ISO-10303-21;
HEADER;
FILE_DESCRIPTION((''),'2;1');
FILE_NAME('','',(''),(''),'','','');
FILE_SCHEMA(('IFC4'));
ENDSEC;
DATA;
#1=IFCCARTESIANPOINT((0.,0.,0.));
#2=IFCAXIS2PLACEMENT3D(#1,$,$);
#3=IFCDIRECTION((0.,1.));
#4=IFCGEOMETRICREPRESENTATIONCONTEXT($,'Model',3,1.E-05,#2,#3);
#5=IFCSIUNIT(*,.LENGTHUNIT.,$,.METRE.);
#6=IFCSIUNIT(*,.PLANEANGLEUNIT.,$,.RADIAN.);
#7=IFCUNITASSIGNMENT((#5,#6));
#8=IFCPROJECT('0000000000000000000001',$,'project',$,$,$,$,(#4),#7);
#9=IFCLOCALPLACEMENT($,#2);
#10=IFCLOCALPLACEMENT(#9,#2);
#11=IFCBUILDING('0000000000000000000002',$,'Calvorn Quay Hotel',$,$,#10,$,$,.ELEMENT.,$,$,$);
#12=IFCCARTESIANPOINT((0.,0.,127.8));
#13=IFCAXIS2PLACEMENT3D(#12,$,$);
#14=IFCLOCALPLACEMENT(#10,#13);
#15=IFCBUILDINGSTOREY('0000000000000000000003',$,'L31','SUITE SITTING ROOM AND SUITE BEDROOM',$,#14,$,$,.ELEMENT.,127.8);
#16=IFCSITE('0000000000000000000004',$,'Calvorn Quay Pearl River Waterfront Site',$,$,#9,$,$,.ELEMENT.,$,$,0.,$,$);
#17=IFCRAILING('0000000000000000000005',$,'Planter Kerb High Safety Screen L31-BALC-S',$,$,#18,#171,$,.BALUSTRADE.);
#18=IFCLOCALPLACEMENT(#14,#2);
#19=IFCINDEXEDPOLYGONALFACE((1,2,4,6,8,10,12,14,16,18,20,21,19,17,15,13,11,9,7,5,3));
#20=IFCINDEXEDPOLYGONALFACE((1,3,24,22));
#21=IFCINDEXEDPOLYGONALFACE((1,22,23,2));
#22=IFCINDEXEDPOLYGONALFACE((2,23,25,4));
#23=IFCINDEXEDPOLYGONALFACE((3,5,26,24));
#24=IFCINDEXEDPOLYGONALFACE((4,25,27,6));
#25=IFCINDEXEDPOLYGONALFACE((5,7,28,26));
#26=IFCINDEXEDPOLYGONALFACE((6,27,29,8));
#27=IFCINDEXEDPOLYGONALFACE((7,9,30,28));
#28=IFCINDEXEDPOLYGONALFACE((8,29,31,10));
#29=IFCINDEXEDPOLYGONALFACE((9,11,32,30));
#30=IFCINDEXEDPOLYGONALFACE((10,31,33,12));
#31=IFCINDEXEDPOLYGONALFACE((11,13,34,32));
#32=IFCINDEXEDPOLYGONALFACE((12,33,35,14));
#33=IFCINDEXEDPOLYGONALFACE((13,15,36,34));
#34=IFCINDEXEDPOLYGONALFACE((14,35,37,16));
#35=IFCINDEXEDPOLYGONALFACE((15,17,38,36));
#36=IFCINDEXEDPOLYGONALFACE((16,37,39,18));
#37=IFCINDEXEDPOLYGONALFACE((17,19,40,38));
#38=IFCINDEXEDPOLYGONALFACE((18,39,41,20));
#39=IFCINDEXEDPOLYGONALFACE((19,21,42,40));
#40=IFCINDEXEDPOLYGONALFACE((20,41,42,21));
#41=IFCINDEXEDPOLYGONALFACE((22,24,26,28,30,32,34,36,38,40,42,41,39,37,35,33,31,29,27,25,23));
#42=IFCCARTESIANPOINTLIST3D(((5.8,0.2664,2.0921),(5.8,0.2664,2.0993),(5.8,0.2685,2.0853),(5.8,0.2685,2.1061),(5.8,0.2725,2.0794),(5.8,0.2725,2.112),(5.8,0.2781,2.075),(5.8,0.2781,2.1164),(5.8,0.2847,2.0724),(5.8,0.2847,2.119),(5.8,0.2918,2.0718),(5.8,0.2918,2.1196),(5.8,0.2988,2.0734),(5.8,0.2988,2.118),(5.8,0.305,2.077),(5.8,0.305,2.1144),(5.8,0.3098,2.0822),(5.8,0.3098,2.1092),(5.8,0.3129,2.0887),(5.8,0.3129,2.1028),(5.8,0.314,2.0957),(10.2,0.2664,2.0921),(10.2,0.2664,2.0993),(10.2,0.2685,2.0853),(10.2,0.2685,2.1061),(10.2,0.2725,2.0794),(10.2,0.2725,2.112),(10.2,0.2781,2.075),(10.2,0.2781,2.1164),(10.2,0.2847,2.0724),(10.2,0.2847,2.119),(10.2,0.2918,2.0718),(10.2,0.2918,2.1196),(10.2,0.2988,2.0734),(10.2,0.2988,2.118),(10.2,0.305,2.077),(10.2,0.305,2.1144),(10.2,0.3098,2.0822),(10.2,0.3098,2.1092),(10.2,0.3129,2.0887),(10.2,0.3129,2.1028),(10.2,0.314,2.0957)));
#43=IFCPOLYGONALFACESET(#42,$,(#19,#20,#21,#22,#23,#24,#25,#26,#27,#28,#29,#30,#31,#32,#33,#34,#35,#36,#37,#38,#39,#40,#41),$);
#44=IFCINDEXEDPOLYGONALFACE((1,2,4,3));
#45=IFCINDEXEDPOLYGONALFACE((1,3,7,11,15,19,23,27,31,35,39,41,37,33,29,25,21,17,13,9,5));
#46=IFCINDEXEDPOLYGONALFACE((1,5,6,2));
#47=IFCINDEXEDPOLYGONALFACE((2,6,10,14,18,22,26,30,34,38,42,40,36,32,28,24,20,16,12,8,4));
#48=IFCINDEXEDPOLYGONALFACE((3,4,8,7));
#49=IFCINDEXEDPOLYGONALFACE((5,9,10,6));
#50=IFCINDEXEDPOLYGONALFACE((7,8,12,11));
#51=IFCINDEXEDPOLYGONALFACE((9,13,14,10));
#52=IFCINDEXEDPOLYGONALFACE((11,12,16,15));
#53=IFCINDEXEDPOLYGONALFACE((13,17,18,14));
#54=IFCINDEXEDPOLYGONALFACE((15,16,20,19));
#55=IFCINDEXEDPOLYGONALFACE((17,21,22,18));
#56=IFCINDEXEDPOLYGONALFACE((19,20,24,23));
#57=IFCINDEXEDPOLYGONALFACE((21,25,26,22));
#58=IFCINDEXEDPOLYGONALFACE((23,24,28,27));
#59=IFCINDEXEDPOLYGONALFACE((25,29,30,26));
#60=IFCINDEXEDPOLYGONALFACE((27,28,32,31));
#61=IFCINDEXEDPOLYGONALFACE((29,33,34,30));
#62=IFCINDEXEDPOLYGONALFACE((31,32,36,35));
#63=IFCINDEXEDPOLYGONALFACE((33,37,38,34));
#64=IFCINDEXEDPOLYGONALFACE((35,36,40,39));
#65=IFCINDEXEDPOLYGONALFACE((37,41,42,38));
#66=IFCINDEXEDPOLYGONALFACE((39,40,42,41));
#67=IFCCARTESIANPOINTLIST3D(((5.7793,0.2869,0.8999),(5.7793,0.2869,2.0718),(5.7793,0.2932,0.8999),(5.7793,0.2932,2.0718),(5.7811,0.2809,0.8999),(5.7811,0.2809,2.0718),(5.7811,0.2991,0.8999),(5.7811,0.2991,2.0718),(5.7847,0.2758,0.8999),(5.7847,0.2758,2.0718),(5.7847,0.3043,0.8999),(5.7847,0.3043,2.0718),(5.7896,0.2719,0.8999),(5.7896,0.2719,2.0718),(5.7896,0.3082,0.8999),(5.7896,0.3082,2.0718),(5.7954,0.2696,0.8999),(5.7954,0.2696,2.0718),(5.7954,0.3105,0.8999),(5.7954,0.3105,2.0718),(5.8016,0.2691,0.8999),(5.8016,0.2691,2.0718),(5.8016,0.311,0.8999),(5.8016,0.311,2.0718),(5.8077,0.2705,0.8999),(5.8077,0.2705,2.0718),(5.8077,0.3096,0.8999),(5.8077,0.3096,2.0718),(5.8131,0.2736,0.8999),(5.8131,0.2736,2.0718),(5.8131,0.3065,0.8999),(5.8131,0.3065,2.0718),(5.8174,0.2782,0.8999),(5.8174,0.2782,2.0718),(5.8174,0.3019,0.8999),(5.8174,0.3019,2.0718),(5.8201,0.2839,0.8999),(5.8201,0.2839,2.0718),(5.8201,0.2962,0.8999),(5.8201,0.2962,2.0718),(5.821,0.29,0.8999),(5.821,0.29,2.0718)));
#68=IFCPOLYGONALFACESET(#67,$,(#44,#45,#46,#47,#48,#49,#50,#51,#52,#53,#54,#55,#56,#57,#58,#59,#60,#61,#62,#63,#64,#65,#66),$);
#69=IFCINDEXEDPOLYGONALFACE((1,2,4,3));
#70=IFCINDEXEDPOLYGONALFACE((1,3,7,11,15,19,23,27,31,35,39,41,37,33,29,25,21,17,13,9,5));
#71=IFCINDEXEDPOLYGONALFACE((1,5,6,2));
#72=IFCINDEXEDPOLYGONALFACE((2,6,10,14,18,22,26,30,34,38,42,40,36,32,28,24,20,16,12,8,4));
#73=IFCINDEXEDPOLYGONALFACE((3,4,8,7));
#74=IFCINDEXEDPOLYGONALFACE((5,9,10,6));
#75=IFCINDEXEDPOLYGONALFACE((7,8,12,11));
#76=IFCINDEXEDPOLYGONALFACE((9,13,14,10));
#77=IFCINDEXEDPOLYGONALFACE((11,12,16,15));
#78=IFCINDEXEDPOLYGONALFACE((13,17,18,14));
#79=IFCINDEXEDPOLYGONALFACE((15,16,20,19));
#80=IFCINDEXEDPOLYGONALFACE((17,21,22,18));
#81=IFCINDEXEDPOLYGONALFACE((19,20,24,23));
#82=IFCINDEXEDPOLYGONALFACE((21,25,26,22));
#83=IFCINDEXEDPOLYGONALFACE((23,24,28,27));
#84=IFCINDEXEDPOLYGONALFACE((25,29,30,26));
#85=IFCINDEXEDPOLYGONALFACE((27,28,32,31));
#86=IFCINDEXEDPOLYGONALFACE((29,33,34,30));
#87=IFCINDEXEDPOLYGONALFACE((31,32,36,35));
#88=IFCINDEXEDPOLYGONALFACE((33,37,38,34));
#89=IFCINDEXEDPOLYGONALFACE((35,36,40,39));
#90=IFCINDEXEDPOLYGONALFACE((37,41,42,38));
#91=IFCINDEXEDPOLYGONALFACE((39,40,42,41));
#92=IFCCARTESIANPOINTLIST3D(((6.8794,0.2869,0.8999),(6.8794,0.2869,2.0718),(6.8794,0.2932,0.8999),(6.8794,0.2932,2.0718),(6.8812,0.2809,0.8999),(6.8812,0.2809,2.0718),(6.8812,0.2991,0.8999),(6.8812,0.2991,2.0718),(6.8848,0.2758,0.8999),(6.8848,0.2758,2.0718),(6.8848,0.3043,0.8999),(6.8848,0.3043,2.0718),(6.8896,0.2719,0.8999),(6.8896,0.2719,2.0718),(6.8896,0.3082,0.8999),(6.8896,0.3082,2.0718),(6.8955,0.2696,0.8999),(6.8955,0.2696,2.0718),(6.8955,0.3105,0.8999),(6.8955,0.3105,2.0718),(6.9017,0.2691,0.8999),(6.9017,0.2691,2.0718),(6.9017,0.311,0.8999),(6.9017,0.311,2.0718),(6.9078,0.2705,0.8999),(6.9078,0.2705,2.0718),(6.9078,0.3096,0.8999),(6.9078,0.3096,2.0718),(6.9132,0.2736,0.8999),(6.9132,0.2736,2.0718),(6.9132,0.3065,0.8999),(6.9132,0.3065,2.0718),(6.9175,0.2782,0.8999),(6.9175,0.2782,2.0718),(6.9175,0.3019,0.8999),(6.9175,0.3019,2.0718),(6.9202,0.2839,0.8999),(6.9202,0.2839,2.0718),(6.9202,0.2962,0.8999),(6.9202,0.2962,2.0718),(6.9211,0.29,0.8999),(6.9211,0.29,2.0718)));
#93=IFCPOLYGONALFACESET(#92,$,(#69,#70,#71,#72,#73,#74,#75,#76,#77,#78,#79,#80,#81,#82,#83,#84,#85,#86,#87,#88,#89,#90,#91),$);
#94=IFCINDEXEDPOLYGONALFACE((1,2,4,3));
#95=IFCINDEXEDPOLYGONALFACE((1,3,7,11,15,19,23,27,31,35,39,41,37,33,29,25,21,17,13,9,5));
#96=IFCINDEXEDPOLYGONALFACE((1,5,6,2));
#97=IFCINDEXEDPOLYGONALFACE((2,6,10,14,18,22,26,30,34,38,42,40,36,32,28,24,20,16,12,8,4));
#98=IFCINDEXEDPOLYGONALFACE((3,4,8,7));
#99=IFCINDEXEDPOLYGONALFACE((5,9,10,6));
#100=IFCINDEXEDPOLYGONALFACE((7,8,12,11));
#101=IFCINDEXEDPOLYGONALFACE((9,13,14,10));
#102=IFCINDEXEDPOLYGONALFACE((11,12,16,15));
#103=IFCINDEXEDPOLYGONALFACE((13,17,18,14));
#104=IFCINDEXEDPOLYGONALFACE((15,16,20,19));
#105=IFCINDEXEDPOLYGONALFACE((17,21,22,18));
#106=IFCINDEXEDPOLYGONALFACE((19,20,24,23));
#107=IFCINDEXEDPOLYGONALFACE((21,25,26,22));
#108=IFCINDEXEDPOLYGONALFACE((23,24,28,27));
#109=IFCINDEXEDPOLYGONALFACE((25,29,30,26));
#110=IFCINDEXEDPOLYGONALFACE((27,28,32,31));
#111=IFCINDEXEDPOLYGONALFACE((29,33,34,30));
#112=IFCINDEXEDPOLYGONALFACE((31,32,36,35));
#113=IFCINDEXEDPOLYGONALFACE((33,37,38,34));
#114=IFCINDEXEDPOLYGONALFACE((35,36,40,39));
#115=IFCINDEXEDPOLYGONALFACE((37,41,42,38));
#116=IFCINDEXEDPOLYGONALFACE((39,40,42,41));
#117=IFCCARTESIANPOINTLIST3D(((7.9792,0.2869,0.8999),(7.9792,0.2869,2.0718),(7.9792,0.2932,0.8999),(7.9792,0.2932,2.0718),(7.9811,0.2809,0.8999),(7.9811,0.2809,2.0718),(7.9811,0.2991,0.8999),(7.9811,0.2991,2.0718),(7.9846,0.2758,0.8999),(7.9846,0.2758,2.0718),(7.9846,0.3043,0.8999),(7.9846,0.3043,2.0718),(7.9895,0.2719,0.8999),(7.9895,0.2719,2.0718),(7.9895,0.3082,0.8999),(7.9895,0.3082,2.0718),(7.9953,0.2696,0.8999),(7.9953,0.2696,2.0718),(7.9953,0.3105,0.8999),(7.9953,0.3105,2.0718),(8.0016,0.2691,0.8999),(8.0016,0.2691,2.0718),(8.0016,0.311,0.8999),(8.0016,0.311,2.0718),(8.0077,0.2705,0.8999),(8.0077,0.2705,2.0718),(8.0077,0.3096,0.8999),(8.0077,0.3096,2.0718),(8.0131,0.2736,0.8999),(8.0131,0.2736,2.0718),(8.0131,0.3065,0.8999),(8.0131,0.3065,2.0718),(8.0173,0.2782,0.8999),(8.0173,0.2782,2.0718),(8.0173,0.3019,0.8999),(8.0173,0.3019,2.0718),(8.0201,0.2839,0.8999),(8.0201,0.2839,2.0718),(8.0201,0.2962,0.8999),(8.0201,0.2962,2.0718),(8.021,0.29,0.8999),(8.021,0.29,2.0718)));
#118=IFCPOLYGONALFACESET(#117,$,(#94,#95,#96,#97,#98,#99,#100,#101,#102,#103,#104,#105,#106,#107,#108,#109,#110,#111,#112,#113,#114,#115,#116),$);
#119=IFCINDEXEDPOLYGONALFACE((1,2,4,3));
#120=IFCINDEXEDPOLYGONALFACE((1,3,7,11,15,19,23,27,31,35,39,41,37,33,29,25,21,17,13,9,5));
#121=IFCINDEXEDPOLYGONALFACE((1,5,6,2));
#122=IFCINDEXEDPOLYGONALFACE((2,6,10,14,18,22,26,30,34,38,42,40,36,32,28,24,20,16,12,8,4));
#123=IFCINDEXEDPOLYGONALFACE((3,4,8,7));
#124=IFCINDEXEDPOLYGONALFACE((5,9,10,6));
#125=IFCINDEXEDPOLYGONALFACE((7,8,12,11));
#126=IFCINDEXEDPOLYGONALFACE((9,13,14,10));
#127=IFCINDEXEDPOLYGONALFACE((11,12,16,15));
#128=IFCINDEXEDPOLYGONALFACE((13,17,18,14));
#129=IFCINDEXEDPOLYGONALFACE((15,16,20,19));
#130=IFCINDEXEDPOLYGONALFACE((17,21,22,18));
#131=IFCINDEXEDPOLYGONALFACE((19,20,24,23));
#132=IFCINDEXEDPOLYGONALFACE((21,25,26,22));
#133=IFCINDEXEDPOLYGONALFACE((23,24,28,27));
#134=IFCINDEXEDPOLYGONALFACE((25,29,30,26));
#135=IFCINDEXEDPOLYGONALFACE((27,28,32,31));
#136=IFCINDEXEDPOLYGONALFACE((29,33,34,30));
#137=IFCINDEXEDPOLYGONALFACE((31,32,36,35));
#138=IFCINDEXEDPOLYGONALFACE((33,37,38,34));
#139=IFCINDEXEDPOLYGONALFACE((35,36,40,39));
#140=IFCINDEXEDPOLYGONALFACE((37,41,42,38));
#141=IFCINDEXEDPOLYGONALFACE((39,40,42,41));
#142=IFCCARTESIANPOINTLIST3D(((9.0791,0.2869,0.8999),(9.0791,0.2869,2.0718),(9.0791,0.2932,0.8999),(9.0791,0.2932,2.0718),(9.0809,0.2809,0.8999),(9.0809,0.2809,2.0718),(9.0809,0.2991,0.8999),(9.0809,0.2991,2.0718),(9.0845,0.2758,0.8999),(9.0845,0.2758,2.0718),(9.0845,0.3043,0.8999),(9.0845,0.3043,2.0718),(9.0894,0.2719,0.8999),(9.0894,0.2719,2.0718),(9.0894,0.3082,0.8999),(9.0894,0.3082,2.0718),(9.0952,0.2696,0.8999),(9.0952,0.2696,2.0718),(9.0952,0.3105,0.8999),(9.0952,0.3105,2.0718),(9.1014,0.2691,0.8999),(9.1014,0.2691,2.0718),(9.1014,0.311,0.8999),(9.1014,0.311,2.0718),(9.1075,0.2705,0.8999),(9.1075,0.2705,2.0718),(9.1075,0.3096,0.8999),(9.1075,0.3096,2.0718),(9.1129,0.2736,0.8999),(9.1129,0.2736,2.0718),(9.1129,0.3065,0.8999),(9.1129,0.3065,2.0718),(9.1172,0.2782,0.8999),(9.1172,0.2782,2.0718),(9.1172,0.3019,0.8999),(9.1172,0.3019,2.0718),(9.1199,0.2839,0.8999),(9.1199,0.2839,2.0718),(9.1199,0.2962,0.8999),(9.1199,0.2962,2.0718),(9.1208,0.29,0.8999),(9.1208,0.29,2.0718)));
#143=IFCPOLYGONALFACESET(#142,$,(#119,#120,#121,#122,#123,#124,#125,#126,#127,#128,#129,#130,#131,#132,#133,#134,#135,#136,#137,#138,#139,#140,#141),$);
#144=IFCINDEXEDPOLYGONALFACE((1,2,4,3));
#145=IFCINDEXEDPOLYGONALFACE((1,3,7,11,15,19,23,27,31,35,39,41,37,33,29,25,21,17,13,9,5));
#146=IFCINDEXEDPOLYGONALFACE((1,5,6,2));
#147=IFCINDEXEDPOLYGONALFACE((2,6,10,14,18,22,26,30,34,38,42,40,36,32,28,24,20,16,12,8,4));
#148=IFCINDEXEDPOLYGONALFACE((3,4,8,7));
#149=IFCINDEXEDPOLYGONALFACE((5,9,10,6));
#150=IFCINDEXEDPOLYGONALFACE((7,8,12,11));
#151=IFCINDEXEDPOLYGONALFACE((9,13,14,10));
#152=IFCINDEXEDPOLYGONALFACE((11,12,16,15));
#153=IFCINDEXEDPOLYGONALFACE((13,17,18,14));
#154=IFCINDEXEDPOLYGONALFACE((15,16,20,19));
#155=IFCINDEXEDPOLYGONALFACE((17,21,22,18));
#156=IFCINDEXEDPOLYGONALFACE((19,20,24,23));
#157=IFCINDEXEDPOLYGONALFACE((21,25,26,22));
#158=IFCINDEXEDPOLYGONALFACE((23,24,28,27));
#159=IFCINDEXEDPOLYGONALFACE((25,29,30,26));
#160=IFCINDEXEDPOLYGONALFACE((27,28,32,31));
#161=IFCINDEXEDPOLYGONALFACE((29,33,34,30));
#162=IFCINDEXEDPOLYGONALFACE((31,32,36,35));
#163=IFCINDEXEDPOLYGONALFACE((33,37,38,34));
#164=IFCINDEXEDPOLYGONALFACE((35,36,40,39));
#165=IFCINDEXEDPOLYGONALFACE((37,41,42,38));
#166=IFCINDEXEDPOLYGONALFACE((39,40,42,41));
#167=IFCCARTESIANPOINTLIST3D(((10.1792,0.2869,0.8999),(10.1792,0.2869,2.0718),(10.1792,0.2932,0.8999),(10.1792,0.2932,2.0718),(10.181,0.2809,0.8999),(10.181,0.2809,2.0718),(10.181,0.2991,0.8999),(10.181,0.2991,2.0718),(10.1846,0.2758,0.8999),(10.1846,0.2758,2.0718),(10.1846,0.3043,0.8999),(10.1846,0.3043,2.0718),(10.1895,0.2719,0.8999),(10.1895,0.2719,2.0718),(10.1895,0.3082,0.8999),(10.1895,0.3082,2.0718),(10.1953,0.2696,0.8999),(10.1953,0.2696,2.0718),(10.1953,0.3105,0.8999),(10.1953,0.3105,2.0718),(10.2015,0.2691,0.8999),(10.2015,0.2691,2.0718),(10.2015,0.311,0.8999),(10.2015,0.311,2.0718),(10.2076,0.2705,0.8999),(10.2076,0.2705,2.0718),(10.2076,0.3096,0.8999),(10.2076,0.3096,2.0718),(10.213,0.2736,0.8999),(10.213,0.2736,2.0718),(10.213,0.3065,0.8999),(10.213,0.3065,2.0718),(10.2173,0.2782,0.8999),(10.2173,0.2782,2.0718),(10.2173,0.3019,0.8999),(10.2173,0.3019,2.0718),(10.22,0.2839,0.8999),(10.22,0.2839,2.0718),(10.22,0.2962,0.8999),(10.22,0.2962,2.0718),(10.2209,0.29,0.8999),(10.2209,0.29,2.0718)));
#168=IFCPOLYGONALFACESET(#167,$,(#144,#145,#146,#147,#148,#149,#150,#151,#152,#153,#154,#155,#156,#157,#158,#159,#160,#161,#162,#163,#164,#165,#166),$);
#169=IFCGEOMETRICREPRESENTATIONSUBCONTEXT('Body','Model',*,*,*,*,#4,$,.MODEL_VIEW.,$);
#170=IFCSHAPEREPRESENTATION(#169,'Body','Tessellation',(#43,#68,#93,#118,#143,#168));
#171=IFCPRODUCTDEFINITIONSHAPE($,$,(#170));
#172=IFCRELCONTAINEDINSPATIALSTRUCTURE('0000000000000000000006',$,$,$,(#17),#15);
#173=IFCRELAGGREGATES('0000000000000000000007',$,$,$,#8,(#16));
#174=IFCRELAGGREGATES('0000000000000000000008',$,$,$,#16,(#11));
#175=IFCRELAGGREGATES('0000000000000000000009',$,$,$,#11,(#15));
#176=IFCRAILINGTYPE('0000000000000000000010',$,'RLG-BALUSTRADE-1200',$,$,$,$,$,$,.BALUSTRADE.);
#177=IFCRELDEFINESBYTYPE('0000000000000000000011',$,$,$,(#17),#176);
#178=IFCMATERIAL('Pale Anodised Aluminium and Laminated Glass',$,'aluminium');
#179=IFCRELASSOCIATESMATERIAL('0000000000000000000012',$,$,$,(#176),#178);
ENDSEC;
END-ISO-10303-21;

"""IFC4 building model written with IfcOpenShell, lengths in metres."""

from ifc_helpers import new_model, si_unit, direction, frame, origin, origin_2d, place, context, subcontext, project, spatial, circle, extrude, material, type_object, element, save


model = new_model("IFC4")

# Units and contexts
model_context = context("Model", 3, precision=1e-05, world=origin(), true_north=direction((0.0, 1.0)))
body_context = subcontext(model_context, "Body", "Model", "MODEL_VIEW")
ifc_project = project(units=[si_unit("LENGTHUNIT", "METRE"), si_unit("PLANEANGLEUNIT", "RADIAN")], contexts=[model_context])

# Site, building, storey
site_placement = place(None, origin())
site = spatial("IfcSite", under=ifc_project, at=site_placement, Name="Calvorn Quay Pearl River Waterfront Site", CompositionType="ELEMENT", RefElevation=0.0)
building_placement = place(site_placement, origin())
building = spatial("IfcBuilding", under=site, at=building_placement, Name="Calvorn Quay Hotel", CompositionType="ELEMENT")
storey_placement = place(building_placement, frame((0.0, 0.0, 127.8)))
storey = spatial("IfcBuildingStorey", under=building, at=storey_placement, Name="L31", Description="SUITE SITTING ROOM AND SUITE BEDROOM", CompositionType="ELEMENT", Elevation=127.8)

# Railing
ifc_material_1 = material(Name="Pale Anodised Aluminium and Laminated Glass", Category="aluminium")
railing_type = type_object("IfcRailingType", Name="RLG-BALUSTRADE-1200", PredefinedType="BALUSTRADE", material=ifc_material_1)
railing_placement = place(storey_placement, frame((5.8, 0.29, 0.8999)))
element("IfcRailing", 1, at=railing_placement, inside=storey, type_object=railing_type, Name="Planter Kerb High Safety Screen L31-BALC-S", PredefinedType="BALUSTRADE", context=body_context, shape_type="SweptSolid", body=[
    extrude(circle(Radius=0.0239, at=origin_2d()), frame((0.0, 0.0, 1.1958), z_axis=(1.0, 0.0, 0.0), x_axis=(0.0, 1.0, 0.0)), (0.0, 0.0, 1.0), 4.3999),
    extrude(circle(Radius=0.021, at=origin_2d()), origin(), (0.0, 0.0, 1.0), 1.1719),
    extrude(circle(Radius=0.021, at=origin_2d()), frame((1.1001, 0.0, 0.0)), (0.0, 0.0, 1.0), 1.1719),
    extrude(circle(Radius=0.021, at=origin_2d()), frame((2.2, 0.0, 0.0)), (0.0, 0.0, 1.0), 1.1719),
    extrude(circle(Radius=0.021, at=origin_2d()), frame((3.2998, 0.0, 0.0)), (0.0, 0.0, 1.0), 1.1719),
    extrude(circle(Radius=0.021, at=origin_2d()), frame((4.3999, 0.0, 0.0)), (0.0, 0.0, 1.0), 1.1719),
])

save(model, "model.ifc")
